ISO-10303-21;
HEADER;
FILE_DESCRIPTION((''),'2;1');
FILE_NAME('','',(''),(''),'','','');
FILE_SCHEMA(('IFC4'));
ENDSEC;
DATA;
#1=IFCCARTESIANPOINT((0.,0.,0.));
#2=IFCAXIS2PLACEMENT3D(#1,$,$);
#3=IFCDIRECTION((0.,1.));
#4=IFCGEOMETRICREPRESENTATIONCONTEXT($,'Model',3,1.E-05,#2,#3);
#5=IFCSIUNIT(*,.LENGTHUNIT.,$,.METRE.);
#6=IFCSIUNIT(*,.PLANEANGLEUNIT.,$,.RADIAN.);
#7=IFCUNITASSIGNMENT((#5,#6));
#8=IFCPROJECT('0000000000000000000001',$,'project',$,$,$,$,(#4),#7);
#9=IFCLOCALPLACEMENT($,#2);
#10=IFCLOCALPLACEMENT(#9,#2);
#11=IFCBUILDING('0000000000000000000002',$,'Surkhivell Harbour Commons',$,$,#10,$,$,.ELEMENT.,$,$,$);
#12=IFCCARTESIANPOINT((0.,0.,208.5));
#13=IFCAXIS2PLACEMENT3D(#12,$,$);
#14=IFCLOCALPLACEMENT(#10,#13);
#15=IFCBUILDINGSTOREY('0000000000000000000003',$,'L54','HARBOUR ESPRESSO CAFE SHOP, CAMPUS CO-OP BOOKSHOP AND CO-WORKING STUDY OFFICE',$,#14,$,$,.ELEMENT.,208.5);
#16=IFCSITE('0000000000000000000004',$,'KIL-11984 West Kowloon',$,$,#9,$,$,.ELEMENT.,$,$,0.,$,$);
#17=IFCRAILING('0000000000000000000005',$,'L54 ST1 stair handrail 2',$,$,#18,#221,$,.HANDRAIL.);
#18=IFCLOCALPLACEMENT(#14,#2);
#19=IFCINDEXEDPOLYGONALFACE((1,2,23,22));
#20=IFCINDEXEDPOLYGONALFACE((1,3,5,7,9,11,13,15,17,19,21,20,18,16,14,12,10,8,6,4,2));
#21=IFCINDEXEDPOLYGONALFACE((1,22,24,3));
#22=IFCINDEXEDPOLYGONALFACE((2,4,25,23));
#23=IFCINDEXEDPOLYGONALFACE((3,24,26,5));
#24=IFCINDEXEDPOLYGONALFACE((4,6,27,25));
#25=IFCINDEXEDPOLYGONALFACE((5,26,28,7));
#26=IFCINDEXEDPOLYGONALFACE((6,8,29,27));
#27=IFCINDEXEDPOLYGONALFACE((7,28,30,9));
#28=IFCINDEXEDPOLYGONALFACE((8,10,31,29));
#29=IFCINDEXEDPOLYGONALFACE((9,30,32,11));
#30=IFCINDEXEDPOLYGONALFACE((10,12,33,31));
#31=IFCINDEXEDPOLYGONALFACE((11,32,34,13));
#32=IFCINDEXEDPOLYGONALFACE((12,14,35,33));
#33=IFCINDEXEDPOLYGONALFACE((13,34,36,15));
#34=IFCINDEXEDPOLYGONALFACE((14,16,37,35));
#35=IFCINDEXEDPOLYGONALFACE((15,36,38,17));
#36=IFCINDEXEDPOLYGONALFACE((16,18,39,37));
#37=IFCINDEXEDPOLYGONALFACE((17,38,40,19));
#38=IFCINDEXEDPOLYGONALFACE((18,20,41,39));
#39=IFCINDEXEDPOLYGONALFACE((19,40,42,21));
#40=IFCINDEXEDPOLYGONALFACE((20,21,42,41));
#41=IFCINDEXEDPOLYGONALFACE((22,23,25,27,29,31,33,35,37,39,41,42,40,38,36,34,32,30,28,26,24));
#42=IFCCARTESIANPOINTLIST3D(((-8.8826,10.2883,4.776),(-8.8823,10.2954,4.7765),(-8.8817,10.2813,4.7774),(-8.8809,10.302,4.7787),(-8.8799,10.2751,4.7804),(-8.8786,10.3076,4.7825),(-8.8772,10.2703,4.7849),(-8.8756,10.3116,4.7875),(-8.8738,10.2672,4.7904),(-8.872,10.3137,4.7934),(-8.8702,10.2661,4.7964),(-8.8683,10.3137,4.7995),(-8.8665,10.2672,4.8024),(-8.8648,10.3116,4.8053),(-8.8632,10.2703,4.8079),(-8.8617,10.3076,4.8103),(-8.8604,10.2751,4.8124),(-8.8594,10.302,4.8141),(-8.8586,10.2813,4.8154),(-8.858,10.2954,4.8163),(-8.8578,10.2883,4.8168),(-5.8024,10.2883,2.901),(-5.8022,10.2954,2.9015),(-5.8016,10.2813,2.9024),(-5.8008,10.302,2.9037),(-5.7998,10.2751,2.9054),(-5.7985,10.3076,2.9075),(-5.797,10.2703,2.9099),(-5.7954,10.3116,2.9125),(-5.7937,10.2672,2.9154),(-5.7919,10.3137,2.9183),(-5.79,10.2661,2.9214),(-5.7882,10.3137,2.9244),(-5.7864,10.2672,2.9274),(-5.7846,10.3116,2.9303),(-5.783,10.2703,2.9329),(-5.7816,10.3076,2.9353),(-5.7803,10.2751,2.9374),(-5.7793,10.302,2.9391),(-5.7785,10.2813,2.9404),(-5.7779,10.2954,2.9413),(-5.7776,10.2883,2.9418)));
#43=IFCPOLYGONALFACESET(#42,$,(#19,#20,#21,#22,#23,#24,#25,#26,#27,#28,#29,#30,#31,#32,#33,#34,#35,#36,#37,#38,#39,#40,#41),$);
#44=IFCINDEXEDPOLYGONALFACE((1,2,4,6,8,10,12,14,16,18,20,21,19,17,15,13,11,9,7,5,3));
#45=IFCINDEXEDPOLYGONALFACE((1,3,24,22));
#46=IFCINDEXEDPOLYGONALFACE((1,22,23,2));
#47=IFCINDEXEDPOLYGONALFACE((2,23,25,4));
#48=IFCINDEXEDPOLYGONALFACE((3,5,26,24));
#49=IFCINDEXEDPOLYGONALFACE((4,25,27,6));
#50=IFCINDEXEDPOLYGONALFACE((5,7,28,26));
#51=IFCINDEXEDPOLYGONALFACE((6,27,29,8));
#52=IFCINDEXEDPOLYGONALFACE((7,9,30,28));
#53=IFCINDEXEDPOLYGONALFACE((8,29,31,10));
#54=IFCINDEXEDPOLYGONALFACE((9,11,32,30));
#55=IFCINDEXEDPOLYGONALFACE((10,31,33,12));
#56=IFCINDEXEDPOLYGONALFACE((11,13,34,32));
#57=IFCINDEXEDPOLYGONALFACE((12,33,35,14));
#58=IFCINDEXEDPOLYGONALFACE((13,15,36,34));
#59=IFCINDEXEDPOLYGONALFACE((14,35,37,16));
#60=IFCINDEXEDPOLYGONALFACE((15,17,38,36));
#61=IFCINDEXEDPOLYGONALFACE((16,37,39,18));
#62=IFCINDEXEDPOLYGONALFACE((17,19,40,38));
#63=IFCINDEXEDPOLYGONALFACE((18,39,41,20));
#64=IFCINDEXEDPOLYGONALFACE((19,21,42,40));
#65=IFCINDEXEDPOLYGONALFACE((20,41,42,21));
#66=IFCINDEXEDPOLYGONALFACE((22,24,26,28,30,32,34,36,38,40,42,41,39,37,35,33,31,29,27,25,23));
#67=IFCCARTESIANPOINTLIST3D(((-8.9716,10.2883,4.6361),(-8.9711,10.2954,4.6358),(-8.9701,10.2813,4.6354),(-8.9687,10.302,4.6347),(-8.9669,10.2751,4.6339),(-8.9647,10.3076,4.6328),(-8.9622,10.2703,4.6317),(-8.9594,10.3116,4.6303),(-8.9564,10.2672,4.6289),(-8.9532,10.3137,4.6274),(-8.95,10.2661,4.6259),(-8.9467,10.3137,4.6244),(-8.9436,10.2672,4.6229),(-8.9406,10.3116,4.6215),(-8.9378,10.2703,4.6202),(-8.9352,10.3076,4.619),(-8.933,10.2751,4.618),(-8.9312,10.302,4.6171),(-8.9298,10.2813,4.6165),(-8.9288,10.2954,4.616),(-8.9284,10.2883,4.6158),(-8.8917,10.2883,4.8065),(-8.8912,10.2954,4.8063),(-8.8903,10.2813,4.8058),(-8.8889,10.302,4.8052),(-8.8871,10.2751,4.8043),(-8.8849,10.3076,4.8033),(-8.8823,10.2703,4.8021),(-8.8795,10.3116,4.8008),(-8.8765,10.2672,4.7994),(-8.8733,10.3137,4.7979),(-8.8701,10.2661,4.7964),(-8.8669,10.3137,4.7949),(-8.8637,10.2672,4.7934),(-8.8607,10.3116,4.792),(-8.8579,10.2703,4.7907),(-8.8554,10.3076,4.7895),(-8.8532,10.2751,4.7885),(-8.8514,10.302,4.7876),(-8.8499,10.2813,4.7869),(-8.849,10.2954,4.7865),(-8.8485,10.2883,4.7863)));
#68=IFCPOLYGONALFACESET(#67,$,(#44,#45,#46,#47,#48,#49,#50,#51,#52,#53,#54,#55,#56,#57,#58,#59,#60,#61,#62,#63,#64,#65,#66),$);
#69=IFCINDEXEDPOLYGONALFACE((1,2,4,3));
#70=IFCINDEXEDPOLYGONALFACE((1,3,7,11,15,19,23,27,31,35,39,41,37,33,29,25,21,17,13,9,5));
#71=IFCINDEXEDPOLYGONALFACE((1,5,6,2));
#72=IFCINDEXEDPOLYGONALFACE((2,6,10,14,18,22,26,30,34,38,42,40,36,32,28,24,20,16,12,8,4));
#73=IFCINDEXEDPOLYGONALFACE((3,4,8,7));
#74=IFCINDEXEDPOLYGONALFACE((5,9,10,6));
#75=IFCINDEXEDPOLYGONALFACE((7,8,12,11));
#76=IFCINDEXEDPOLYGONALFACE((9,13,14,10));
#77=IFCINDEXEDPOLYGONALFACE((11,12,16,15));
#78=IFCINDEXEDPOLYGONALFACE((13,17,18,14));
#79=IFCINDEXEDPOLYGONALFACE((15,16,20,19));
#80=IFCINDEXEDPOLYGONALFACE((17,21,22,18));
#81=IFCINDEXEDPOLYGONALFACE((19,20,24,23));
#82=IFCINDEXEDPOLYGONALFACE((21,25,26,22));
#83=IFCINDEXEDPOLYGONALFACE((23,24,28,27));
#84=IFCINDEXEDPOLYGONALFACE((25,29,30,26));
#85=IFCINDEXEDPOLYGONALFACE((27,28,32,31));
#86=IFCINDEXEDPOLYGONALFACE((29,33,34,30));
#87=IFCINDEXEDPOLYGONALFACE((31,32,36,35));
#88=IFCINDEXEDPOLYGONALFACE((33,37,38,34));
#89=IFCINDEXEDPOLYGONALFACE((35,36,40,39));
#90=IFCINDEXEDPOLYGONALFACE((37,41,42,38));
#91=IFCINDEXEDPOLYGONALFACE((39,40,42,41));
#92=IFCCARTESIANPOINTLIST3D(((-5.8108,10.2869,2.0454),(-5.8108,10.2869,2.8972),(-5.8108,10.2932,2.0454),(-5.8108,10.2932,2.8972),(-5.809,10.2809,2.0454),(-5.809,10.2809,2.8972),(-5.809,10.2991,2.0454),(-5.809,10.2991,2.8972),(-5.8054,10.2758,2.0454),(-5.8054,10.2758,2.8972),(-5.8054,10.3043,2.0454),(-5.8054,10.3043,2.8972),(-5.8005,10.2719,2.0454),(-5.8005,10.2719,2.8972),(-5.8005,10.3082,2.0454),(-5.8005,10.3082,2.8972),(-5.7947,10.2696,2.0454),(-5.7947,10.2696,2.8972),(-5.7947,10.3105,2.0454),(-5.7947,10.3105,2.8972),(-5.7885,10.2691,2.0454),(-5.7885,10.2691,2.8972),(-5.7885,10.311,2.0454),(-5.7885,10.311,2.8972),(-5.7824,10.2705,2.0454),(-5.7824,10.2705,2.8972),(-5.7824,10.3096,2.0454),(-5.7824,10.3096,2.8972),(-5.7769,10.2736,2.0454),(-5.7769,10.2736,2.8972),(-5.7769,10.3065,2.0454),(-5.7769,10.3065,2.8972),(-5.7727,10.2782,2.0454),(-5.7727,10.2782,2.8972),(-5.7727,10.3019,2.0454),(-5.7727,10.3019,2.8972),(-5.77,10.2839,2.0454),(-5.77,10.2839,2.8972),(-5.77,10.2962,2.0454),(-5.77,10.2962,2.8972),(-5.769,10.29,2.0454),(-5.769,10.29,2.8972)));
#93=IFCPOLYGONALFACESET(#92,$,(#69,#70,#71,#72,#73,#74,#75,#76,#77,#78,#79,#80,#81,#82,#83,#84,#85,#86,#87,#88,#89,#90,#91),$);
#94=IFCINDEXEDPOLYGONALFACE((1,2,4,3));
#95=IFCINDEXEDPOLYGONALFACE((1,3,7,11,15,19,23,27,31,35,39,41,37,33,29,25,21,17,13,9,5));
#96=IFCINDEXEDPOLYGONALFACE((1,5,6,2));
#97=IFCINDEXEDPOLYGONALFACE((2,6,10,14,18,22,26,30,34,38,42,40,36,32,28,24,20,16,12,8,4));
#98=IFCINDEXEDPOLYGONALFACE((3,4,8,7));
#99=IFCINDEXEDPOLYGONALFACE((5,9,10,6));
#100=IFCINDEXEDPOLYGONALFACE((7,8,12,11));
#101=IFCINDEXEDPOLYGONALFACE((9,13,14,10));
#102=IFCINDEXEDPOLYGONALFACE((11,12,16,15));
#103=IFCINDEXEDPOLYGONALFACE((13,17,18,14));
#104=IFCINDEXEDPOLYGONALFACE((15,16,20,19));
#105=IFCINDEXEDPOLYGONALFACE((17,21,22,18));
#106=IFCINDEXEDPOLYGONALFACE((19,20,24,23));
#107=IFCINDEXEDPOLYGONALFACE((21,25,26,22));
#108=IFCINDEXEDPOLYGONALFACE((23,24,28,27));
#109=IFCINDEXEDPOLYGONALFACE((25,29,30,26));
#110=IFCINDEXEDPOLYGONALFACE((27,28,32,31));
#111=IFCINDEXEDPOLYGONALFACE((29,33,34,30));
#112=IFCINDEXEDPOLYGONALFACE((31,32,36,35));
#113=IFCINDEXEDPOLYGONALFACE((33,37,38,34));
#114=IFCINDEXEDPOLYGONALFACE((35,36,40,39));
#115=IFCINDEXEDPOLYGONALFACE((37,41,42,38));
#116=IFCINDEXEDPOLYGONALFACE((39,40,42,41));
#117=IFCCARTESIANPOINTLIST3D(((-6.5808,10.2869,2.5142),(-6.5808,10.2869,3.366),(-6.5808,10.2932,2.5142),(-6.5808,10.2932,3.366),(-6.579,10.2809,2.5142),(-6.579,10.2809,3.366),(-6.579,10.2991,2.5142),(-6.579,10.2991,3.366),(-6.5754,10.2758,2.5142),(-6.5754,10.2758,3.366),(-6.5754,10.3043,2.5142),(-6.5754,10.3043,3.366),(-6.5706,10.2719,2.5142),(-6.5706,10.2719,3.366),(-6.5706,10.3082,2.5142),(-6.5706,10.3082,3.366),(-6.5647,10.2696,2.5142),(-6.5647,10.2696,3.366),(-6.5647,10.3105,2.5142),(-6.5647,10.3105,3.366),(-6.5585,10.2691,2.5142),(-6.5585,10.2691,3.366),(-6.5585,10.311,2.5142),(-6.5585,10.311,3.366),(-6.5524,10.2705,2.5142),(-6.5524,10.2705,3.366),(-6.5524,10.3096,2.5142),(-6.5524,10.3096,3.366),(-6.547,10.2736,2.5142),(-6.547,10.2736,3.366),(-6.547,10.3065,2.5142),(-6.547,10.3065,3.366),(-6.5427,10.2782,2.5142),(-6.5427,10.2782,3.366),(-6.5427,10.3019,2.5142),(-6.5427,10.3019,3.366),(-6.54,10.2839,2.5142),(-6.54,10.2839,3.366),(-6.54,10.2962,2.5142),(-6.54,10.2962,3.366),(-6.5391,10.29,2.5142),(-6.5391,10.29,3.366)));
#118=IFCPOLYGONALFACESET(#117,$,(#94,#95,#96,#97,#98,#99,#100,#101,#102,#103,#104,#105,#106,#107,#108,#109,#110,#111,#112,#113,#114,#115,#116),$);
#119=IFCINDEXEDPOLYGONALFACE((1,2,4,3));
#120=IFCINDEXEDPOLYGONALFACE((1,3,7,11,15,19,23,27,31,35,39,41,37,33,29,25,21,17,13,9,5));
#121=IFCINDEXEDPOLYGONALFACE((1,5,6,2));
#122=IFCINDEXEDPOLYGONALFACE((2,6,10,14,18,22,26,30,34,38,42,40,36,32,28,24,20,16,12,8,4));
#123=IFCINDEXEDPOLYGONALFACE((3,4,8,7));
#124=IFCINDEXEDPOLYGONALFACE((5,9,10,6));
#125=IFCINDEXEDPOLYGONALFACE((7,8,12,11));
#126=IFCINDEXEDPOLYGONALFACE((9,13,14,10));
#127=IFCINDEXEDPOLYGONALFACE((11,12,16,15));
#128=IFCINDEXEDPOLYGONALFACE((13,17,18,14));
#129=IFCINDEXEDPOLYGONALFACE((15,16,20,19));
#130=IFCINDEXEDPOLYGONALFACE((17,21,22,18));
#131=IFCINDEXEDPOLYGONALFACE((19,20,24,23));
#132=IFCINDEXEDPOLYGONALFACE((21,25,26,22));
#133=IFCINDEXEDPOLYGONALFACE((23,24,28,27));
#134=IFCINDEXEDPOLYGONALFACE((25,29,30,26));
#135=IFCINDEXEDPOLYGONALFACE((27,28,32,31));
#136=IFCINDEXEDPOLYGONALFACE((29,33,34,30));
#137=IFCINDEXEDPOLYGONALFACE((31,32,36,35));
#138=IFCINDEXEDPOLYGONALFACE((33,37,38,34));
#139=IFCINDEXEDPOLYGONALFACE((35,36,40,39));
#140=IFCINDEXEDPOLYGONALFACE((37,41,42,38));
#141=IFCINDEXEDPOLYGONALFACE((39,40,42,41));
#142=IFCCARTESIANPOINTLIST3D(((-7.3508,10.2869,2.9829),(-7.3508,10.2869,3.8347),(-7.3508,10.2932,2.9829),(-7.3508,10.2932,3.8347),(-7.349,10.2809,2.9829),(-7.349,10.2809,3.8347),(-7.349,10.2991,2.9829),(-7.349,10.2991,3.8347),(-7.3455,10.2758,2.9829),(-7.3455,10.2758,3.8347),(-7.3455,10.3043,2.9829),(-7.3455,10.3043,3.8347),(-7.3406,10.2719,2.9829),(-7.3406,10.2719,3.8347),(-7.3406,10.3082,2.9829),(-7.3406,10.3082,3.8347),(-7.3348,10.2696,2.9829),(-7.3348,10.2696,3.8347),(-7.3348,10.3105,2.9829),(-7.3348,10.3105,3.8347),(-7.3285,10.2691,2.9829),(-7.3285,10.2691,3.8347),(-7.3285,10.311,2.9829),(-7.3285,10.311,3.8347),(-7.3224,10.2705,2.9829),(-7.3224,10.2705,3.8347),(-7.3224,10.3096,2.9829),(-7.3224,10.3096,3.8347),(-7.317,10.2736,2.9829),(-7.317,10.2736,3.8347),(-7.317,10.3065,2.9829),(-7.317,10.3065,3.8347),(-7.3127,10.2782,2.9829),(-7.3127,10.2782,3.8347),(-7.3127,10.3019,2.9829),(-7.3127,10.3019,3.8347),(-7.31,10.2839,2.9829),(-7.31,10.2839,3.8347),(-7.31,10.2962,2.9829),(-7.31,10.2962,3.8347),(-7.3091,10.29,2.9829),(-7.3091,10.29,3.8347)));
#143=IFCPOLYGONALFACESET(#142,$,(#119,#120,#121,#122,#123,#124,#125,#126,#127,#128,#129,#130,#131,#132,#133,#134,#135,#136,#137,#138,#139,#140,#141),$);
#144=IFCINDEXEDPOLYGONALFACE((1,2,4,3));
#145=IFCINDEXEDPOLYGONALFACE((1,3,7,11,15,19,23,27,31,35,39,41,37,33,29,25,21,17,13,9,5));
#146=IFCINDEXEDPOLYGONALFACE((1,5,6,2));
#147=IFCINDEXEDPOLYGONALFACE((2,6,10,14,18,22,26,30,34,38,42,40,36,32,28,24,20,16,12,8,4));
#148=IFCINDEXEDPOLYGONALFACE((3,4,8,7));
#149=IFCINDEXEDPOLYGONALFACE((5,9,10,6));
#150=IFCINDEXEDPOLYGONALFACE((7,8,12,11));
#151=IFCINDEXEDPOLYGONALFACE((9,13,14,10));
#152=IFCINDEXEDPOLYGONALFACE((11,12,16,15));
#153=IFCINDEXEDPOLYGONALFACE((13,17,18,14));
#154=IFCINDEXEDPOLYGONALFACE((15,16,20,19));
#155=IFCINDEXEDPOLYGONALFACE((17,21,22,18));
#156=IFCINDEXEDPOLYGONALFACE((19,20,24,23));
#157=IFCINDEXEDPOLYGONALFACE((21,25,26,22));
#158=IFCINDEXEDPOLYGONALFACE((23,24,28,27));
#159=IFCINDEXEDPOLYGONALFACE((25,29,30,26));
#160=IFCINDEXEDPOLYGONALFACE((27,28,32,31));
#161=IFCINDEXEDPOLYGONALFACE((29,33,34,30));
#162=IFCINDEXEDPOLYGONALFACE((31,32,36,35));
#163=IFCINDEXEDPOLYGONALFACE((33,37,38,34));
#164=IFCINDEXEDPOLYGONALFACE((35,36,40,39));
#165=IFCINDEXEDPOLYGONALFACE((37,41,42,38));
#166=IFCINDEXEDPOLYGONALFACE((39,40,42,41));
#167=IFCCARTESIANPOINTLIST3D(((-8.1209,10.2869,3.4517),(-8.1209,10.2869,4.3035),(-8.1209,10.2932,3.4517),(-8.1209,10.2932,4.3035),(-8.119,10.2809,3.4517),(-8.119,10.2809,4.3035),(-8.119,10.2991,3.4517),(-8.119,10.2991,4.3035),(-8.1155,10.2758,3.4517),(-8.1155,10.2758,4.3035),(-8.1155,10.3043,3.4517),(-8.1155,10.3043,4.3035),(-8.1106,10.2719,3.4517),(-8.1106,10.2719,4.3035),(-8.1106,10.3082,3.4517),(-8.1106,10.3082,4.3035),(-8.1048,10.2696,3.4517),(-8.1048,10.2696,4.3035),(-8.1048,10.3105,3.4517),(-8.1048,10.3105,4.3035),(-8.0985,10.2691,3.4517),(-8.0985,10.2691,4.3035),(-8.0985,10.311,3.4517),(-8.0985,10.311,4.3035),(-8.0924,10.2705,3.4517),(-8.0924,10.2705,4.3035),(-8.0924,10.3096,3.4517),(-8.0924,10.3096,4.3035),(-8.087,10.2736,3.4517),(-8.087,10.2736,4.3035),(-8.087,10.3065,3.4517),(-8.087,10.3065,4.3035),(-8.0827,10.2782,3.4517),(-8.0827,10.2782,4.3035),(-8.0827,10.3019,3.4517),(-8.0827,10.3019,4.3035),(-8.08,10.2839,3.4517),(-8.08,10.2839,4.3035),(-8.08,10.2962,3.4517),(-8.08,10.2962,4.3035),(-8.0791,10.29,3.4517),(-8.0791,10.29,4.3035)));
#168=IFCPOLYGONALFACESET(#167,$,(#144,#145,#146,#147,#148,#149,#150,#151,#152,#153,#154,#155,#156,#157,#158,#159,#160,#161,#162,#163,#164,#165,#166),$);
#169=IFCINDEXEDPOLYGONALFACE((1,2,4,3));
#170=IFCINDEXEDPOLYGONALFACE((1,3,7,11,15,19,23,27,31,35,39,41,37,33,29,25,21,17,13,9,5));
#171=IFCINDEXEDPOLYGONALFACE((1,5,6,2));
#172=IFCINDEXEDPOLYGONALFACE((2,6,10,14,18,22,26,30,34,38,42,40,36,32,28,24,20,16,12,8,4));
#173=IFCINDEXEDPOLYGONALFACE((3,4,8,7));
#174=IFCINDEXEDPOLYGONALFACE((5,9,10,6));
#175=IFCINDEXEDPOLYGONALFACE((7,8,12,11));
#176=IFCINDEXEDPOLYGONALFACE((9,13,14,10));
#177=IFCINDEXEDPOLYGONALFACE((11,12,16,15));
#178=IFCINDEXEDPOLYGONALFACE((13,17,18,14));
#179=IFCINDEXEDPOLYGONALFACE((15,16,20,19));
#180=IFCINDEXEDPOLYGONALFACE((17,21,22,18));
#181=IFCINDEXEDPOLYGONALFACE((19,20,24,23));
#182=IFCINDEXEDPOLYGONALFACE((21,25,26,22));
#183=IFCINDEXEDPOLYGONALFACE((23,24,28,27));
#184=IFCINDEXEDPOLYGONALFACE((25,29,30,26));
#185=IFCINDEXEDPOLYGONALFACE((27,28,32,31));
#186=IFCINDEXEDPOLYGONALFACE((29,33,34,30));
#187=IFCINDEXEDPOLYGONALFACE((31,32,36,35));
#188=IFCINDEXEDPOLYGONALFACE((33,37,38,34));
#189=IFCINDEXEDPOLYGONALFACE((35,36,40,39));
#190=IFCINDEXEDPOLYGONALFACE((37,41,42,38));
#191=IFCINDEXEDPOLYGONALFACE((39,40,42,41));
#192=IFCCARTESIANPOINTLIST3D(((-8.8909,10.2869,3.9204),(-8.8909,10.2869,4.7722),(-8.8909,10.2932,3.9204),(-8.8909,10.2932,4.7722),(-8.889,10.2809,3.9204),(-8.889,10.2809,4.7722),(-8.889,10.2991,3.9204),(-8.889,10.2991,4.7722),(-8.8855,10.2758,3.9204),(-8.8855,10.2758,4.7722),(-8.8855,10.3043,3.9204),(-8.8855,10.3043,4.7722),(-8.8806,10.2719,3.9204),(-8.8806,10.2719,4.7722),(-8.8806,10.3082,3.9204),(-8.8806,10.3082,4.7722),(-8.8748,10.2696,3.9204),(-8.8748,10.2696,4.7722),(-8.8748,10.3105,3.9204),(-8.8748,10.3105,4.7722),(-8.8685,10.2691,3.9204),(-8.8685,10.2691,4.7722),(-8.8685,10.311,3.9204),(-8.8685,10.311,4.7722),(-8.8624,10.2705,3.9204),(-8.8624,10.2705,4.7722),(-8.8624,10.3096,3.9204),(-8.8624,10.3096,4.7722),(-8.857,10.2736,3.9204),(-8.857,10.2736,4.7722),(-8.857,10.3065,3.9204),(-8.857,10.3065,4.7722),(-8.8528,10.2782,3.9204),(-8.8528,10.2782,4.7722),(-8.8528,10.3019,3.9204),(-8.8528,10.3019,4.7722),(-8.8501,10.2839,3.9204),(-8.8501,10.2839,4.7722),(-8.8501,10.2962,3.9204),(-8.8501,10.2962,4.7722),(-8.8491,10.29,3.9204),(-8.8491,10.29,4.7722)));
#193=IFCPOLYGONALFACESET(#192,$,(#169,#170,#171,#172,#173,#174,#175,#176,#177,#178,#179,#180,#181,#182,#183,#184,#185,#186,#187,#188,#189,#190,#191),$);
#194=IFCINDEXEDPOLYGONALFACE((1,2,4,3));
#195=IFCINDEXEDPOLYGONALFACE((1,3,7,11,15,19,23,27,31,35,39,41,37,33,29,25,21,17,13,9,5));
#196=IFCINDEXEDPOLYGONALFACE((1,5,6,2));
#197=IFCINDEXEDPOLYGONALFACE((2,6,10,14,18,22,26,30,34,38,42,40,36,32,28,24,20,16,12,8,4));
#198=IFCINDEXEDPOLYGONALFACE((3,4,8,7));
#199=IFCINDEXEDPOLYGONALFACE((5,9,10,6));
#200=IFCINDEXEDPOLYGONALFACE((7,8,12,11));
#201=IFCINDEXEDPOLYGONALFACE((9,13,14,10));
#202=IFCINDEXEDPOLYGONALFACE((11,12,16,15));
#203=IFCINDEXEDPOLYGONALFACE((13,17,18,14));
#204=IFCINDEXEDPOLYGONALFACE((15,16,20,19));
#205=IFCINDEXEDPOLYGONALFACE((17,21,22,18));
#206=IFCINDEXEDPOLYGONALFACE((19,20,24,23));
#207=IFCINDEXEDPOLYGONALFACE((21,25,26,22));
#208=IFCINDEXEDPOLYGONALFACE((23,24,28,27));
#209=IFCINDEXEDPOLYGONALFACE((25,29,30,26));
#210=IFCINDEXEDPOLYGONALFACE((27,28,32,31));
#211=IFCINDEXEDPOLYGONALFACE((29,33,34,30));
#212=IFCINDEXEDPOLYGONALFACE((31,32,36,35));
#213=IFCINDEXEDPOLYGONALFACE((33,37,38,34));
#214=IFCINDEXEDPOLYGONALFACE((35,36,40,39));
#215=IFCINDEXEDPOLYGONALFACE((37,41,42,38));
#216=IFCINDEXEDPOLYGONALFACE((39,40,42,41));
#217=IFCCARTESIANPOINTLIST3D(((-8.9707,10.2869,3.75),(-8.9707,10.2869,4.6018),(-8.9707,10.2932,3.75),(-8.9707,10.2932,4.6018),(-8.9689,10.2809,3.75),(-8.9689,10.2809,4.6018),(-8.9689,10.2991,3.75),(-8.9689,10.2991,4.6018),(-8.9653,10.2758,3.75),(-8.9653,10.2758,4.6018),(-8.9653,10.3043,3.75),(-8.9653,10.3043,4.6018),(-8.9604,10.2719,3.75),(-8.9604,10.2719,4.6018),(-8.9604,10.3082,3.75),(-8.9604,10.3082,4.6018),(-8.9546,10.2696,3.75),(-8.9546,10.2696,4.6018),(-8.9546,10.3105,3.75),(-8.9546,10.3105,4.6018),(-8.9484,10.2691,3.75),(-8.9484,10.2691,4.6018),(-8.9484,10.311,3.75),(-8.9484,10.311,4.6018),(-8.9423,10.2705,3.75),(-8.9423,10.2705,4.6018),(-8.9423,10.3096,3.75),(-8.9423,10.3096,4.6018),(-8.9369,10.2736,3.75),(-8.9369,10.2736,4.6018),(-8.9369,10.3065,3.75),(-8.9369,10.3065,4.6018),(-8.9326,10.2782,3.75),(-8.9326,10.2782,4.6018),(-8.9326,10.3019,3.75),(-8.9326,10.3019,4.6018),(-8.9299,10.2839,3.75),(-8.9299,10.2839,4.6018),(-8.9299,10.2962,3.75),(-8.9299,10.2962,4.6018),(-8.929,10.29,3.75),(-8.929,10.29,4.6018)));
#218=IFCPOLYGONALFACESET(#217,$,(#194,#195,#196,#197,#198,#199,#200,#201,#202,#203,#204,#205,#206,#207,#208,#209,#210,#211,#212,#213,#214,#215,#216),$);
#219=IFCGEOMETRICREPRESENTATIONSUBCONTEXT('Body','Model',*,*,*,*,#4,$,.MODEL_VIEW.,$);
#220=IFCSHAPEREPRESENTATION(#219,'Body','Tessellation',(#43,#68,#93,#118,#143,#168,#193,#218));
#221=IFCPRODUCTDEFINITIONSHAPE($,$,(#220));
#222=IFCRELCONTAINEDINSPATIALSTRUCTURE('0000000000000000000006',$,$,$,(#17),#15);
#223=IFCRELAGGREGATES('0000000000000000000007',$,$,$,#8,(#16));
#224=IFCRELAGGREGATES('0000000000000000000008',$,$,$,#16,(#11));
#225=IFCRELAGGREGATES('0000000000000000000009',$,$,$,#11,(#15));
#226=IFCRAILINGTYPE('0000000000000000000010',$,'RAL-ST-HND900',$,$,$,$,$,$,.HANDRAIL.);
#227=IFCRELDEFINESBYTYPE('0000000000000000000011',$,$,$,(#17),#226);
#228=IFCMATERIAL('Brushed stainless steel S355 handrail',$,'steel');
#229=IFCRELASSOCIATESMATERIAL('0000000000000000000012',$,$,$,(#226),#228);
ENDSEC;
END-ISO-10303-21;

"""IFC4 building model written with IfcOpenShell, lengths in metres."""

from ifc_helpers import new_model, si_unit, direction, frame, origin, origin_2d, place, context, subcontext, project, spatial, circle, extrude, material, type_object, element, save


model = new_model("IFC4")

# Units and contexts
model_context = context("Model", 3, precision=1e-05, world=origin(), true_north=direction((0.0, 1.0)))
body_context = subcontext(model_context, "Body", "Model", "MODEL_VIEW")
ifc_project = project(units=[si_unit("LENGTHUNIT", "METRE"), si_unit("PLANEANGLEUNIT", "RADIAN")], contexts=[model_context])

# Site, building, storey
site_placement = place(None, origin())
site = spatial("IfcSite", under=ifc_project, at=site_placement, Name="KIL-11984 West Kowloon", CompositionType="ELEMENT", RefElevation=0.0)
building_placement = place(site_placement, origin())
building = spatial("IfcBuilding", under=site, at=building_placement, Name="Surkhivell Harbour Commons", CompositionType="ELEMENT")
storey_placement = place(building_placement, frame((0.0, 0.0, 208.5)))
storey = spatial("IfcBuildingStorey", under=building, at=storey_placement, Name="L54", Description="HARBOUR ESPRESSO CAFE SHOP, CAMPUS CO-OP BOOKSHOP AND CO-WORKING STUDY OFFICE", CompositionType="ELEMENT", Elevation=208.5)

# Railing
ifc_material_1 = material(Name="Brushed stainless steel S355 handrail", Category="steel")
railing_type_1 = type_object("IfcRailingType", Name="RAL-ST-HND900", PredefinedType="HANDRAIL", material=ifc_material_1)
railing_1_placement = place(storey_placement, frame((-5.79, 10.29, 2.0454)))
element("IfcRailing", 1, at=railing_1_placement, inside=storey, type_object=railing_type_1, Name="L54 ST1 stair handrail 2", PredefinedType="HANDRAIL", context=body_context, shape_type="SweptSolid", body=[
    extrude(circle(Radius=0.0239, at=origin_2d()), frame((0.0, 0.0, 0.876), z_axis=(-0.854178, 0.0, 0.519981), x_axis=(0.0, -1.0, 0.0)), (0.0, 0.0, 1.0), 3.606),
    extrude(circle(Radius=0.0239, at=origin_2d()), frame((-3.0801, 0.0, 2.751), z_axis=(-0.424234, 0.0, -0.905552), x_axis=(0.0, -1.0, 0.0)), (0.0, 0.0, 1.0), 0.1882),
    extrude(circle(Radius=0.021, at=origin_2d()), origin(), (0.0, 0.0, 1.0), 0.8518),
    extrude(circle(Radius=0.021, at=origin_2d()), frame((-0.77, 0.0, 0.4688)), (0.0, 0.0, 1.0), 0.8518),
    extrude(circle(Radius=0.021, at=origin_2d()), frame((-1.54, 0.0, 0.9375)), (0.0, 0.0, 1.0), 0.8518),
    extrude(circle(Radius=0.021, at=origin_2d()), frame((-2.3101, 0.0, 1.4062)), (0.0, 0.0, 1.0), 0.8518),
    extrude(circle(Radius=0.021, at=origin_2d()), frame((-3.0801, 0.0, 1.875)), (0.0, 0.0, 1.0), 0.8518),
    extrude(circle(Radius=0.021, at=origin_2d()), frame((-3.1599, 0.0, 1.7046)), (0.0, 0.0, 1.0), 0.8518),
])

save(model, "model.ifc")
